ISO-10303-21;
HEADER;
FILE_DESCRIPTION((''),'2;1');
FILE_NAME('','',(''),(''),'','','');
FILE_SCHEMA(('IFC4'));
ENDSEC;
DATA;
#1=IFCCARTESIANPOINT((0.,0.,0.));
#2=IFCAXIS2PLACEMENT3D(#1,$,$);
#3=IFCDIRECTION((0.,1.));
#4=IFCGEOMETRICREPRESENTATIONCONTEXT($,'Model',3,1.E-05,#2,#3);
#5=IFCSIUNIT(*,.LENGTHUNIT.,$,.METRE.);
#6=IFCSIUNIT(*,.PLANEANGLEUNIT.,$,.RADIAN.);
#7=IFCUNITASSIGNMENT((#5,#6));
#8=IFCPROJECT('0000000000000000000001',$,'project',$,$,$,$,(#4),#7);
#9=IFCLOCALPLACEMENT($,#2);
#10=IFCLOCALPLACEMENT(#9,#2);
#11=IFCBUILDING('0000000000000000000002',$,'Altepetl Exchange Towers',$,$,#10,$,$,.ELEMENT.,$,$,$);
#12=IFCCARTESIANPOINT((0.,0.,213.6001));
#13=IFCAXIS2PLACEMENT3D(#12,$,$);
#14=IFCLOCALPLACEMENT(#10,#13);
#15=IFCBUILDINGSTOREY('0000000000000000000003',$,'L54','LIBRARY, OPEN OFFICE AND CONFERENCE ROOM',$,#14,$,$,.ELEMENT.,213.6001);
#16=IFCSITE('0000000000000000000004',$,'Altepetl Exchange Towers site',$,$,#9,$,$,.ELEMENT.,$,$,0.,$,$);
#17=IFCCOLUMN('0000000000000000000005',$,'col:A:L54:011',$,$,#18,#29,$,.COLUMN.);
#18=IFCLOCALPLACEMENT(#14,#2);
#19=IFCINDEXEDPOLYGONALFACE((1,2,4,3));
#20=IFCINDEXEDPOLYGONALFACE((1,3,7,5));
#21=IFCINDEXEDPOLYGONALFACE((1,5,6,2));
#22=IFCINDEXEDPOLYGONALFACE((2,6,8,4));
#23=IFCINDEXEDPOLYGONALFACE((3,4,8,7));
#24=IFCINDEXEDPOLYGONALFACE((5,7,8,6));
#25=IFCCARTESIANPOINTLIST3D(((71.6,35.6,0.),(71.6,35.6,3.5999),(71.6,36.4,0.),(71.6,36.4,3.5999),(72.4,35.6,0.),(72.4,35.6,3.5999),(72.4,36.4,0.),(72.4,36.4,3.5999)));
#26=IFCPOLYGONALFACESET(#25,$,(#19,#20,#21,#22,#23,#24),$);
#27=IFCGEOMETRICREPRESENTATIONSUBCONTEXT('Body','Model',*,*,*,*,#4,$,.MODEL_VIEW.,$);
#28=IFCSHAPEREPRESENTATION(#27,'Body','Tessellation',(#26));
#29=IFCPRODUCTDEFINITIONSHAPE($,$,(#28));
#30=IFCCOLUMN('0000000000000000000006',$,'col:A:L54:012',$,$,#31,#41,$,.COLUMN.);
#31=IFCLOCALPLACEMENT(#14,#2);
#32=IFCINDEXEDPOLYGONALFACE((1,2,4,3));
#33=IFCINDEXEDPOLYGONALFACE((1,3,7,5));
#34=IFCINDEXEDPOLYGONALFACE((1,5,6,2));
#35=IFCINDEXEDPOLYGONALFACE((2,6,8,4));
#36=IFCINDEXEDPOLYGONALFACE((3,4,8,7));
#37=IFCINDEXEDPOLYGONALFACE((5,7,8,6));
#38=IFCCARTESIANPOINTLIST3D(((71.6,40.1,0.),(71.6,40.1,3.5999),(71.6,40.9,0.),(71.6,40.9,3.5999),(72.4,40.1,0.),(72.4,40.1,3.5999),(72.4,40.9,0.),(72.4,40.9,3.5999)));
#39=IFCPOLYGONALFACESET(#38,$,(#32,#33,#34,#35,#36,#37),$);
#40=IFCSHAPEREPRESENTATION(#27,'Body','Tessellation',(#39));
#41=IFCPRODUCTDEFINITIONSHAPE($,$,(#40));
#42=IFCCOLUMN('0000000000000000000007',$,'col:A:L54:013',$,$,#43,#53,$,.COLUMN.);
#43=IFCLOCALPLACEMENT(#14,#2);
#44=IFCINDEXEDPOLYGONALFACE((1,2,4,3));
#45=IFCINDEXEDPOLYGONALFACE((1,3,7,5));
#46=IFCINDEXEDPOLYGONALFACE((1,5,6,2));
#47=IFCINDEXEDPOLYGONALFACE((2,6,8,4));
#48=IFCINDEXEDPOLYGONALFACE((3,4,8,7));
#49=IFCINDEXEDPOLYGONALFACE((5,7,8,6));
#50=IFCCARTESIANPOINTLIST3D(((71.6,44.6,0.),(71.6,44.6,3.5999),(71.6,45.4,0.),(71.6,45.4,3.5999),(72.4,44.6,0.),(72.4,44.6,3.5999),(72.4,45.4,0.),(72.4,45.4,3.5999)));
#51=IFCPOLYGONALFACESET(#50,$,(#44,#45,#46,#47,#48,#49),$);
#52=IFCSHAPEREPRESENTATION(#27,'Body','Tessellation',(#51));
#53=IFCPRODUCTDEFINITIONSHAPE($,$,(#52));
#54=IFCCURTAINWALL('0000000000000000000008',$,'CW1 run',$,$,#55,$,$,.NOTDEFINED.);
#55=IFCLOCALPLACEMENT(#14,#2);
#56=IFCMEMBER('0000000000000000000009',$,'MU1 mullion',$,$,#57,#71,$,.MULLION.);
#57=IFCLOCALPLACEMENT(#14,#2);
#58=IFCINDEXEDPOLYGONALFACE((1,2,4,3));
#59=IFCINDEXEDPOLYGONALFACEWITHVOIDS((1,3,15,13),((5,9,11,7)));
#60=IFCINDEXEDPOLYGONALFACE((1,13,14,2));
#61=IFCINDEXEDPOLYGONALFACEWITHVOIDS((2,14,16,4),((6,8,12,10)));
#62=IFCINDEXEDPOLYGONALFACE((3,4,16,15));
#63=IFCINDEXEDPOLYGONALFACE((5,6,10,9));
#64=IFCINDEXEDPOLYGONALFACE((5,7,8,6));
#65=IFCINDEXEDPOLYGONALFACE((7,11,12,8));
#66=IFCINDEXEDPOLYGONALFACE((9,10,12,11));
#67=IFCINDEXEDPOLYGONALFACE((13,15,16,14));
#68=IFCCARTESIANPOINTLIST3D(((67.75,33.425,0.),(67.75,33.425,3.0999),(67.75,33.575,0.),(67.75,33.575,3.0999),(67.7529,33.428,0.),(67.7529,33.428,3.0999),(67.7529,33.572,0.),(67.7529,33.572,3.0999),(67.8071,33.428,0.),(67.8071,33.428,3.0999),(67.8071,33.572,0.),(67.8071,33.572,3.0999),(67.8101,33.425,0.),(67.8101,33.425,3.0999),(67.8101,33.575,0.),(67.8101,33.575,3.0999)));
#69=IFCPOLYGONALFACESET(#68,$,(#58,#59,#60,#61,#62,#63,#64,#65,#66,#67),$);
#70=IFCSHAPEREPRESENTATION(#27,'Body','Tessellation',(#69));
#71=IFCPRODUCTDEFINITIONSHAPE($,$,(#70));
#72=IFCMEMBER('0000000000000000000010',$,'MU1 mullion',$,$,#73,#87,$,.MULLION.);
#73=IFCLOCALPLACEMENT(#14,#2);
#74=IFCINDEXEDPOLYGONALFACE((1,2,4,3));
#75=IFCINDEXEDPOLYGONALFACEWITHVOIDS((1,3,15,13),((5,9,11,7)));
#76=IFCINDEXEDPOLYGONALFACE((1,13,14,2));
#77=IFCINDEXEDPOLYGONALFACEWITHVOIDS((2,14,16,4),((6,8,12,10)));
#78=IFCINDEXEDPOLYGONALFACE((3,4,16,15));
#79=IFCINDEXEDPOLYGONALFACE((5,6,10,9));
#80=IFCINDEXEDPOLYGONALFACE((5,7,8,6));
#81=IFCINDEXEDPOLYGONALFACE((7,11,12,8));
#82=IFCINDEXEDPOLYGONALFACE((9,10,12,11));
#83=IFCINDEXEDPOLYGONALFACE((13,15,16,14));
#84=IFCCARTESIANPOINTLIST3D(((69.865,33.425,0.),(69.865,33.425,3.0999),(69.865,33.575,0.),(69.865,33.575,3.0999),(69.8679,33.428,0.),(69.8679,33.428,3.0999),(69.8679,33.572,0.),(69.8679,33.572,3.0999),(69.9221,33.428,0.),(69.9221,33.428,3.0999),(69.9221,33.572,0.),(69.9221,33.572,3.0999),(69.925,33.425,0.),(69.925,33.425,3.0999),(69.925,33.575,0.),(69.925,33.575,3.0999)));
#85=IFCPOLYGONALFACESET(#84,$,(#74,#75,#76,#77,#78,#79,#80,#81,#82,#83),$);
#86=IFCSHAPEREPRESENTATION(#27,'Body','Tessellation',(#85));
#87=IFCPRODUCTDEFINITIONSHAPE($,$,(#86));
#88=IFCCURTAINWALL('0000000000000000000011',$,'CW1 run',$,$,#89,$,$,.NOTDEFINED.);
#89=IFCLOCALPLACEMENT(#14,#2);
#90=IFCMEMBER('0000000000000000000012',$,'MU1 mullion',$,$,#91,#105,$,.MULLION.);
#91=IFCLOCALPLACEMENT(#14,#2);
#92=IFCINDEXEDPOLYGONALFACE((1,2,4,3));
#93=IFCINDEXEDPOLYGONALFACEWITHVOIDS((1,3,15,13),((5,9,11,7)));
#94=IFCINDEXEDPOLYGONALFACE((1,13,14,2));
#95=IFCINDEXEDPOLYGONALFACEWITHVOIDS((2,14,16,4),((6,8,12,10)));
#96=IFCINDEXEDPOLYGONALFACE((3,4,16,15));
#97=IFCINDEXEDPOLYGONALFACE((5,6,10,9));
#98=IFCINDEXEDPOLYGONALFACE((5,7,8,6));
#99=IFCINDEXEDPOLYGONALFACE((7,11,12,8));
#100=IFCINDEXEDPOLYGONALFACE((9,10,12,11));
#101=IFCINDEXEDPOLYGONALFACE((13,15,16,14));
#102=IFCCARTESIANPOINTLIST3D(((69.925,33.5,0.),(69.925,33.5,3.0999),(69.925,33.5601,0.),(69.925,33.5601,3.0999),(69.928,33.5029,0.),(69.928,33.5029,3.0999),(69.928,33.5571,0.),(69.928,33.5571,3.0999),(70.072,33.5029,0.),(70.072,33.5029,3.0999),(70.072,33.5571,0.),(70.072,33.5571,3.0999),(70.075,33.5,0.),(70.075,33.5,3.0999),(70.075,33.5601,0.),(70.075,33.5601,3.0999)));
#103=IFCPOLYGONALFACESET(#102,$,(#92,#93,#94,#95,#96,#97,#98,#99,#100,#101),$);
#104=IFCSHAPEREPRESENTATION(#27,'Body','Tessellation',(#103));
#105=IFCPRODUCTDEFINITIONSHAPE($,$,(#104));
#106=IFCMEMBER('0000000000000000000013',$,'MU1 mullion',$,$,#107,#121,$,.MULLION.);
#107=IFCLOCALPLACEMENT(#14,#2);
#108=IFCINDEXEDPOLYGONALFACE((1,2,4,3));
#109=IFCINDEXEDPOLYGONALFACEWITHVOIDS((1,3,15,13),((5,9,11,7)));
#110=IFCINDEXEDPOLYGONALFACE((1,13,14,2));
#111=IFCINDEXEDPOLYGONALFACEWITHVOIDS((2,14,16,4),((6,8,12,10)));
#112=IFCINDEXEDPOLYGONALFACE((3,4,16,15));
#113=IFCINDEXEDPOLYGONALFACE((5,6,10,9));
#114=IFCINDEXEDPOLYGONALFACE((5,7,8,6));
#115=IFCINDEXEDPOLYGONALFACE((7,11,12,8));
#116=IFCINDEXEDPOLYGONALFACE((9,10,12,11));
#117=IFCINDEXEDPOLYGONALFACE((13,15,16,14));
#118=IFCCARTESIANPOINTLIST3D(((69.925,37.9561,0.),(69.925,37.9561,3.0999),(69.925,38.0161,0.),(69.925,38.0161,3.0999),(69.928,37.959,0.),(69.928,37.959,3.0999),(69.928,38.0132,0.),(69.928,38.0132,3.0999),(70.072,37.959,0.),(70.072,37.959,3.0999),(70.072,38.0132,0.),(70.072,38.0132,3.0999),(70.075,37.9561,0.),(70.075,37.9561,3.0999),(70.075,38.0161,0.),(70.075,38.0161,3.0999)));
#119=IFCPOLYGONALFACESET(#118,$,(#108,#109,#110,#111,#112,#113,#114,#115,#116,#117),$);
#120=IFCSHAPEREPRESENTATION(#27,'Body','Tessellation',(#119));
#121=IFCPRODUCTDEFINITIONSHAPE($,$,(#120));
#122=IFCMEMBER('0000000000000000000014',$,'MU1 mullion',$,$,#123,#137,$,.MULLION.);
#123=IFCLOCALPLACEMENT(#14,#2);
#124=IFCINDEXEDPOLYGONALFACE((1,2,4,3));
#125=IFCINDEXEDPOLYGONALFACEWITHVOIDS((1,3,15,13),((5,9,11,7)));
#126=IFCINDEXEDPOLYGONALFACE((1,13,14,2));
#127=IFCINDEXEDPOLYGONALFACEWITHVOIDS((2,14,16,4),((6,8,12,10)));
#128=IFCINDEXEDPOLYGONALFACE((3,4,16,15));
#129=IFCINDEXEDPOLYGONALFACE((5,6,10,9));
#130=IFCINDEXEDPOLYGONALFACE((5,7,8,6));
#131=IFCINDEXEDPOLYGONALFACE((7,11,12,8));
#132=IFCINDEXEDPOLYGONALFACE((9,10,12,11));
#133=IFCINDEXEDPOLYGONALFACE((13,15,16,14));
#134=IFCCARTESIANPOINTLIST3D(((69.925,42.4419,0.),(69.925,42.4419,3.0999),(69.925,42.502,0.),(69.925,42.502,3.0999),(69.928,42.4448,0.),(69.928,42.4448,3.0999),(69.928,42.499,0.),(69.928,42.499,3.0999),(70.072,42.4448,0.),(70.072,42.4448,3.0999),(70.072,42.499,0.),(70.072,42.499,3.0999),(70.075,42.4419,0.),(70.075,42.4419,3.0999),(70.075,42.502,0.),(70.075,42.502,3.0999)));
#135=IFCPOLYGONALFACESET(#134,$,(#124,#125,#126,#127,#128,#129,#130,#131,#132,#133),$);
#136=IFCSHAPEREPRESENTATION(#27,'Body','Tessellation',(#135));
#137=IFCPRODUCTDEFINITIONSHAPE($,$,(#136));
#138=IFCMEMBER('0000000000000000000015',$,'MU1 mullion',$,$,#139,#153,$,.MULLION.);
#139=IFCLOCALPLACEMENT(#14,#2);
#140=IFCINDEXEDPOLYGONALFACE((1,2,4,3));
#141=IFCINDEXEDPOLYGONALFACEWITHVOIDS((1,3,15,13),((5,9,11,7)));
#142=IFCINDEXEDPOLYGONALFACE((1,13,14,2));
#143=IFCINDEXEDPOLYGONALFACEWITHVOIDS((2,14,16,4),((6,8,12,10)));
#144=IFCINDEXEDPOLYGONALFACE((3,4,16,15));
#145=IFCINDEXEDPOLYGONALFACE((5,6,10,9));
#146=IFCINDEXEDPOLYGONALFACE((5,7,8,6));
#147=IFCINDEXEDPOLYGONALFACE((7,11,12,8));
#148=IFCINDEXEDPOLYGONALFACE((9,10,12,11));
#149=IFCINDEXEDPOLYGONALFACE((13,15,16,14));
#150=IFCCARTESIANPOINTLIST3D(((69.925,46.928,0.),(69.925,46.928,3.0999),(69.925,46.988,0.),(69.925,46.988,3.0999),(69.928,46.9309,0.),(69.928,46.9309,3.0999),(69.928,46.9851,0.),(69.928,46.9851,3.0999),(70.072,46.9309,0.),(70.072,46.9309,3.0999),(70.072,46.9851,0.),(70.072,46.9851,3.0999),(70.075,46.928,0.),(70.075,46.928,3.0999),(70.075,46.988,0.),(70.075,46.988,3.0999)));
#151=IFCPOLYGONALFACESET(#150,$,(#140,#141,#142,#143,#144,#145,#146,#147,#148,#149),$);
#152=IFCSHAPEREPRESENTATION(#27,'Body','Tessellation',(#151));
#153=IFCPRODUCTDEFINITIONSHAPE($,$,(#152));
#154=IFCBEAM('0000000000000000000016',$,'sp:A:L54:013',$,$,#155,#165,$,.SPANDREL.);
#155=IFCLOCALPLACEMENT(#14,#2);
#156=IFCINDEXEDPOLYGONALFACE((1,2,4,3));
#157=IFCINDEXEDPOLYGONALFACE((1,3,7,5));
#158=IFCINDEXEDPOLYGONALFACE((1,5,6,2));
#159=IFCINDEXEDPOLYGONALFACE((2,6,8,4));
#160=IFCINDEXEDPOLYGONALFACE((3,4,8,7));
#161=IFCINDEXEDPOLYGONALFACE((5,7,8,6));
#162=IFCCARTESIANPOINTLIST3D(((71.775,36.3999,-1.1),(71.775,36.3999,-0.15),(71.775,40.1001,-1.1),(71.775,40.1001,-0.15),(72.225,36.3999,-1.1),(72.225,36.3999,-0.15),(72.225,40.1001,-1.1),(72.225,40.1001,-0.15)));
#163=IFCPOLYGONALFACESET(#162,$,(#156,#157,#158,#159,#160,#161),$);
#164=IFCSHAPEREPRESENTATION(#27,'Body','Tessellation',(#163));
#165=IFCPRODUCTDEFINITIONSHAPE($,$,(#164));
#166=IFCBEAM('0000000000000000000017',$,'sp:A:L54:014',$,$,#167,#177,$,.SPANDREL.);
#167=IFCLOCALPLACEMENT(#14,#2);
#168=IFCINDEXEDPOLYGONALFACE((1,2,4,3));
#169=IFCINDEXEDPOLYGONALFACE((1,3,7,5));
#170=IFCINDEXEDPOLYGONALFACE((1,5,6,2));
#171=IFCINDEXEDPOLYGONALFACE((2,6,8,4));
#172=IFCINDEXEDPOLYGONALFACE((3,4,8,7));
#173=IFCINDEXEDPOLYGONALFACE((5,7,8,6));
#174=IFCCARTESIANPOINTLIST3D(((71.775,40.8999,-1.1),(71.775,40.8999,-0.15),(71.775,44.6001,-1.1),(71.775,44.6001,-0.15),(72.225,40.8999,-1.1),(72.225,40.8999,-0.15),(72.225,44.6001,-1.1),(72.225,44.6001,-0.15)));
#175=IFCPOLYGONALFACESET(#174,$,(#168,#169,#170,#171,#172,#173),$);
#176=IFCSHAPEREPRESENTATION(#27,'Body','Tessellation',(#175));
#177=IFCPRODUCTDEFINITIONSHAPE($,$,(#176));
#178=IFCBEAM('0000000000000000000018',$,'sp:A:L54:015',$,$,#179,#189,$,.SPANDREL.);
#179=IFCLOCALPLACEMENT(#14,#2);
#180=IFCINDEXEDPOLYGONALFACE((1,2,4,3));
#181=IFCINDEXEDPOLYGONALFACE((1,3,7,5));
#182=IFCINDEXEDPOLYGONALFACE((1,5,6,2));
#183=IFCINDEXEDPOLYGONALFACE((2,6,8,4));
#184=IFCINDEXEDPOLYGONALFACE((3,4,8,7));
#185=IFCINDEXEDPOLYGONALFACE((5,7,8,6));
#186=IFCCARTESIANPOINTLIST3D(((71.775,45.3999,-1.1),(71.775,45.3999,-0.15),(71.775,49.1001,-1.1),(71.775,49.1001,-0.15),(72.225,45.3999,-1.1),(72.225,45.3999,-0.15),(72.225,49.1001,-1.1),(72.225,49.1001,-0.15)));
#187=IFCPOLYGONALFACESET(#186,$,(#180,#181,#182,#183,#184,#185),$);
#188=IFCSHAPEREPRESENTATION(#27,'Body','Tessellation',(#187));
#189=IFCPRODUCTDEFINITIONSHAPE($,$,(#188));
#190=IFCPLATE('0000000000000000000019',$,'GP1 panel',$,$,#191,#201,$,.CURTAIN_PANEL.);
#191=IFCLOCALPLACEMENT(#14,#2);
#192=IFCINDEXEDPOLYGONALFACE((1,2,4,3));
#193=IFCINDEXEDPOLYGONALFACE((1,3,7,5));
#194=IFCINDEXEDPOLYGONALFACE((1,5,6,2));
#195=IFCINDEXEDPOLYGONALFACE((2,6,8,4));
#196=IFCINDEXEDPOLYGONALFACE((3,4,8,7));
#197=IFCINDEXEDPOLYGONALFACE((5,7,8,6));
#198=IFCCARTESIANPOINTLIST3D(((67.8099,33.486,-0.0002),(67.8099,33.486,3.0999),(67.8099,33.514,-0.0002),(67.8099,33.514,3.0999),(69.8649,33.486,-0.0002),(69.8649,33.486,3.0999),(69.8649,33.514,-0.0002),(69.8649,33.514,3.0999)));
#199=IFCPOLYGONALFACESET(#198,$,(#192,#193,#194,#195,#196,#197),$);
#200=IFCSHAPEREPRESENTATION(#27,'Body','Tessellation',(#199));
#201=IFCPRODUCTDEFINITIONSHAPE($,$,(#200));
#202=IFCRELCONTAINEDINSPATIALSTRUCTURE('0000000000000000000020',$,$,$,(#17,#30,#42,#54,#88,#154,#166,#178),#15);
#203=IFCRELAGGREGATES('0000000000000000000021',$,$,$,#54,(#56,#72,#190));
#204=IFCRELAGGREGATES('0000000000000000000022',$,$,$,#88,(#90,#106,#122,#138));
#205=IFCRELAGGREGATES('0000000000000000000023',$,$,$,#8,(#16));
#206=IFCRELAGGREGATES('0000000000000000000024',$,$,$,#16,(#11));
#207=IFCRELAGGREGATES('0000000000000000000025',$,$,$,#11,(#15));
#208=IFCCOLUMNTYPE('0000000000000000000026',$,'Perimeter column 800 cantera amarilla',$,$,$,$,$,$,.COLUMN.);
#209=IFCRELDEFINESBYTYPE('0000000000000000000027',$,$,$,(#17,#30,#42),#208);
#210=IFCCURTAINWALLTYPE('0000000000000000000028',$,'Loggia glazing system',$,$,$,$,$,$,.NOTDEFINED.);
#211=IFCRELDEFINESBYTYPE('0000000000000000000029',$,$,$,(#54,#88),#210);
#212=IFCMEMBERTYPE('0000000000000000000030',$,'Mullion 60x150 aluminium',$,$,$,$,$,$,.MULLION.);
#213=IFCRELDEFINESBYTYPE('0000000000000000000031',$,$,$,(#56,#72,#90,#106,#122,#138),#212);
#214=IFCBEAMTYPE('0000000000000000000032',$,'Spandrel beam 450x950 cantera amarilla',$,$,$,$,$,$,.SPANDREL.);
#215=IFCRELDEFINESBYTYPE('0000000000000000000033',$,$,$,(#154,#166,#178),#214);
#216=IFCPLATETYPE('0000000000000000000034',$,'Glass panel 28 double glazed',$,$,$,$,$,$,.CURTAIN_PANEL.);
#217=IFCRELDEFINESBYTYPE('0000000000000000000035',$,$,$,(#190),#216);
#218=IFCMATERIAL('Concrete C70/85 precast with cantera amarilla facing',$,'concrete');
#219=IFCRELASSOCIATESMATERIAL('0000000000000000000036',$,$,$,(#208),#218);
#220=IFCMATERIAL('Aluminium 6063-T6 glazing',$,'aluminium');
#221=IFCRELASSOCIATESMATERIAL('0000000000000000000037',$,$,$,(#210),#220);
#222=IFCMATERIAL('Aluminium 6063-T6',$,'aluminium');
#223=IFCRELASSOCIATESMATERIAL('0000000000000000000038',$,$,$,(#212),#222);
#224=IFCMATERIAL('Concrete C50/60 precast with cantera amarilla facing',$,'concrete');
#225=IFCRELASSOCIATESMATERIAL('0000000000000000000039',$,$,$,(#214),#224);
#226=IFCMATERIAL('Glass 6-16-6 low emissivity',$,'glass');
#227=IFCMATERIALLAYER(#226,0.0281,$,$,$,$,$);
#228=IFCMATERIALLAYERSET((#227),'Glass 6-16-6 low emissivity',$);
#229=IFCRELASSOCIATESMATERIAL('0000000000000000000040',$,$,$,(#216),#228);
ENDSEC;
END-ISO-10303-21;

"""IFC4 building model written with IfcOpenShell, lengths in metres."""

from ifc_helpers import new_model, si_unit, direction, frame, origin, origin_2d, place, context, subcontext, project, spatial, rectangle, hollow_rectangle, extrude, material, layer, layer_set, material_profile, profile_set, type_object, element, aggregate, save


model = new_model("IFC4")

# Units and contexts
model_context = context("Model", 3, precision=1e-05, world=origin(), true_north=direction((0.0, 1.0)))
body_context = subcontext(model_context, "Body", "Model", "MODEL_VIEW")
ifc_project = project(units=[si_unit("LENGTHUNIT", "METRE"), si_unit("PLANEANGLEUNIT", "RADIAN")], contexts=[model_context])

# Site, building, storey
site_placement = place(None, origin())
site = spatial("IfcSite", under=ifc_project, at=site_placement, Name="Altepetl Exchange Towers site", CompositionType="ELEMENT", RefElevation=0.0)
building_placement = place(site_placement, origin())
building = spatial("IfcBuilding", under=site, at=building_placement, Name="Altepetl Exchange Towers", CompositionType="ELEMENT")
storey_placement = place(building_placement, frame((0.0, 0.0, 213.6001)))
storey = spatial("IfcBuildingStorey", under=building, at=storey_placement, Name="L54", Description="LIBRARY, OPEN OFFICE AND CONFERENCE ROOM", CompositionType="ELEMENT", Elevation=213.6001)

# Columns
ifc_material_1 = material(Name="Concrete C70/85 precast with cantera amarilla facing", Category="concrete")
ifc_material_profile_1 = material_profile(ifc_material_1, rectangle(XDim=0.8, YDim=0.8, at=origin_2d()), Name="800 x 800")
ifc_profile_set_1 = profile_set([ifc_material_profile_1], Name="Concrete C70/85 precast with cantera amarilla facing")
column_type = type_object("IfcColumnType", Name="Perimeter column 800 cantera amarilla", PredefinedType="COLUMN", material=ifc_profile_set_1)
for number, where, name in (
    (1, (72.0, 36.0, 0.0), "col:A:L54:011"),
    (2, (72.0, 40.5, 0.0), "col:A:L54:012"),
    (3, (72.0, 45.0, 0.0), "col:A:L54:013"),
):
    element("IfcColumn", number, at=place(storey_placement, frame(where)), inside=storey, type_object=column_type, Name=name, PredefinedType="COLUMN", context=body_context, shape_type="SweptSolid", body=[
        extrude(rectangle(XDim=0.8, YDim=0.8, at=origin_2d()), origin(), (0.0, 0.0, 1.0), 3.5999),
    ])

# Curtain walls, members
ifc_material_2 = material(Name="Aluminium 6063-T6 glazing", Category="aluminium")
curtain_wall_type = type_object("IfcCurtainWallType", Name="Loggia glazing system", PredefinedType="NOTDEFINED", material=ifc_material_2)
curtain_wall_1_placement = place(storey_placement, origin())
curtain_wall_1 = element("IfcCurtainWall", 4, at=curtain_wall_1_placement, inside=storey, type_object=curtain_wall_type, Name="CW1 run", PredefinedType="NOTDEFINED")
ifc_material_3 = material(Name="Aluminium 6063-T6", Category="aluminium")
ifc_material_profile_2 = material_profile(ifc_material_3, hollow_rectangle(XDim=0.0601, YDim=0.1499, WallThickness=0.0029, at=origin_2d()), Name="Mullion 60x150 aluminium")
ifc_profile_set_2 = profile_set([ifc_material_profile_2], Name="Aluminium 6063-T6")
member_type = type_object("IfcMemberType", Name="Mullion 60x150 aluminium", PredefinedType="MULLION", material=ifc_profile_set_2)
member_1_placement = place(storey_placement, frame((67.78, 33.5, 0.0)))
member_1 = element("IfcMember", 5, at=member_1_placement, type_object=member_type, Name="MU1 mullion", PredefinedType="MULLION", context=body_context, shape_type="SweptSolid", body=[
    extrude(hollow_rectangle(XDim=0.0601, YDim=0.1499, WallThickness=0.0029, at=origin_2d()), origin(), (0.0, 0.0, 1.0), 3.0999),
])
member_2_placement = place(storey_placement, frame((69.895, 33.5, 0.0)))
member_2 = element("IfcMember", 6, at=member_2_placement, type_object=member_type, Name="MU1 mullion", PredefinedType="MULLION", context=body_context, shape_type="SweptSolid", body=[
    extrude(hollow_rectangle(XDim=0.0601, YDim=0.1499, WallThickness=0.0029, at=origin_2d()), origin(), (0.0, 0.0, 1.0), 3.0999),
])
curtain_wall_2_placement = place(storey_placement, origin())
curtain_wall_2 = element("IfcCurtainWall", 7, at=curtain_wall_2_placement, inside=storey, type_object=curtain_wall_type, Name="CW1 run", PredefinedType="NOTDEFINED")
member_3_placement = place(storey_placement, frame((70.0, 33.53, 0.0), z_axis=(0.0, 0.0, 1.0), x_axis=(0.0, 1.0, 0.0)))
member_3 = element("IfcMember", 8, at=member_3_placement, type_object=member_type, Name="MU1 mullion", PredefinedType="MULLION", context=body_context, shape_type="SweptSolid", body=[
    extrude(hollow_rectangle(XDim=0.0601, YDim=0.1499, WallThickness=0.0029, at=origin_2d()), origin(), (0.0, 0.0, 1.0), 3.0999),
])
member_4_placement = place(storey_placement, frame((70.0, 37.9861, 0.0), z_axis=(0.0, 0.0, 1.0), x_axis=(0.0, 1.0, 0.0)))
member_4 = element("IfcMember", 9, at=member_4_placement, type_object=member_type, Name="MU1 mullion", PredefinedType="MULLION", context=body_context, shape_type="SweptSolid", body=[
    extrude(hollow_rectangle(XDim=0.0601, YDim=0.1499, WallThickness=0.0029, at=origin_2d()), origin(), (0.0, 0.0, 1.0), 3.0999),
])
member_5_placement = place(storey_placement, frame((70.0, 42.4719, 0.0), z_axis=(0.0, 0.0, 1.0), x_axis=(0.0, 1.0, 0.0)))
member_5 = element("IfcMember", 10, at=member_5_placement, type_object=member_type, Name="MU1 mullion", PredefinedType="MULLION", context=body_context, shape_type="SweptSolid", body=[
    extrude(hollow_rectangle(XDim=0.0601, YDim=0.1499, WallThickness=0.0029, at=origin_2d()), origin(), (0.0, 0.0, 1.0), 3.0999),
])
member_6_placement = place(storey_placement, frame((70.0, 46.958, 0.0), z_axis=(0.0, 0.0, 1.0), x_axis=(0.0, 1.0, 0.0)))
member_6 = element("IfcMember", 11, at=member_6_placement, type_object=member_type, Name="MU1 mullion", PredefinedType="MULLION", context=body_context, shape_type="SweptSolid", body=[
    extrude(hollow_rectangle(XDim=0.0601, YDim=0.1499, WallThickness=0.0029, at=origin_2d()), origin(), (0.0, 0.0, 1.0), 3.0999),
])

# Beams
ifc_material_4 = material(Name="Concrete C50/60 precast with cantera amarilla facing", Category="concrete")
ifc_material_profile_3 = material_profile(ifc_material_4, rectangle(XDim=0.45, YDim=0.95, at=origin_2d()), Name="450 x 950")
ifc_profile_set_3 = profile_set([ifc_material_profile_3], Name="Concrete C50/60 precast with cantera amarilla facing")
beam_type = type_object("IfcBeamType", Name="Spandrel beam 450x950 cantera amarilla", PredefinedType="SPANDREL", material=ifc_profile_set_3)
for number, where, z_axis, x_axis, name in (
    (12, (72.0, 36.3999, -0.625), (0.0, 1.0, 0.0), (-1.0, 0.0, 0.0), "sp:A:L54:013"),
    (13, (72.0, 40.8999, -0.625), (0.0, 1.0, 0.0), (-1.0, 0.0, 0.0), "sp:A:L54:014"),
    (14, (72.0, 45.3999, -0.625), (0.0, 1.0, 0.0), (-1.0, 0.0, 0.0), "sp:A:L54:015"),
):
    element("IfcBeam", number, at=place(storey_placement, frame(where, z_axis=z_axis, x_axis=x_axis)), inside=storey, type_object=beam_type, Name=name, PredefinedType="SPANDREL", context=body_context, shape_type="SweptSolid", body=[
        extrude(rectangle(XDim=0.45, YDim=0.95, at=origin_2d()), origin(), (0.0, 0.0, 1.0), 3.7002),
    ])

# Plate
ifc_material_5 = material(Name="Glass 6-16-6 low emissivity", Category="glass")
ifc_layer_1 = layer(ifc_material_5, 0.0281)
ifc_layer_set_1 = layer_set([ifc_layer_1], Name="Glass 6-16-6 low emissivity")
plate_type = type_object("IfcPlateType", Name="Glass panel 28 double glazed", PredefinedType="CURTAIN_PANEL", material=ifc_layer_set_1)
plate_1_placement = place(storey_placement, frame((68.8374, 33.5, -0.0002)))
plate_1 = element("IfcPlate", 15, at=plate_1_placement, type_object=plate_type, Name="GP1 panel", PredefinedType="CURTAIN_PANEL", context=body_context, shape_type="SweptSolid", body=[
    extrude(rectangle(XDim=2.0549, YDim=0.0281, at=origin_2d()), origin(), (0.0, 0.0, 1.0), 3.1001),
])
aggregate(curtain_wall_1, [member_1, member_2, plate_1])
aggregate(curtain_wall_2, [member_3, member_4, member_5, member_6])

save(model, "model.ifc")
